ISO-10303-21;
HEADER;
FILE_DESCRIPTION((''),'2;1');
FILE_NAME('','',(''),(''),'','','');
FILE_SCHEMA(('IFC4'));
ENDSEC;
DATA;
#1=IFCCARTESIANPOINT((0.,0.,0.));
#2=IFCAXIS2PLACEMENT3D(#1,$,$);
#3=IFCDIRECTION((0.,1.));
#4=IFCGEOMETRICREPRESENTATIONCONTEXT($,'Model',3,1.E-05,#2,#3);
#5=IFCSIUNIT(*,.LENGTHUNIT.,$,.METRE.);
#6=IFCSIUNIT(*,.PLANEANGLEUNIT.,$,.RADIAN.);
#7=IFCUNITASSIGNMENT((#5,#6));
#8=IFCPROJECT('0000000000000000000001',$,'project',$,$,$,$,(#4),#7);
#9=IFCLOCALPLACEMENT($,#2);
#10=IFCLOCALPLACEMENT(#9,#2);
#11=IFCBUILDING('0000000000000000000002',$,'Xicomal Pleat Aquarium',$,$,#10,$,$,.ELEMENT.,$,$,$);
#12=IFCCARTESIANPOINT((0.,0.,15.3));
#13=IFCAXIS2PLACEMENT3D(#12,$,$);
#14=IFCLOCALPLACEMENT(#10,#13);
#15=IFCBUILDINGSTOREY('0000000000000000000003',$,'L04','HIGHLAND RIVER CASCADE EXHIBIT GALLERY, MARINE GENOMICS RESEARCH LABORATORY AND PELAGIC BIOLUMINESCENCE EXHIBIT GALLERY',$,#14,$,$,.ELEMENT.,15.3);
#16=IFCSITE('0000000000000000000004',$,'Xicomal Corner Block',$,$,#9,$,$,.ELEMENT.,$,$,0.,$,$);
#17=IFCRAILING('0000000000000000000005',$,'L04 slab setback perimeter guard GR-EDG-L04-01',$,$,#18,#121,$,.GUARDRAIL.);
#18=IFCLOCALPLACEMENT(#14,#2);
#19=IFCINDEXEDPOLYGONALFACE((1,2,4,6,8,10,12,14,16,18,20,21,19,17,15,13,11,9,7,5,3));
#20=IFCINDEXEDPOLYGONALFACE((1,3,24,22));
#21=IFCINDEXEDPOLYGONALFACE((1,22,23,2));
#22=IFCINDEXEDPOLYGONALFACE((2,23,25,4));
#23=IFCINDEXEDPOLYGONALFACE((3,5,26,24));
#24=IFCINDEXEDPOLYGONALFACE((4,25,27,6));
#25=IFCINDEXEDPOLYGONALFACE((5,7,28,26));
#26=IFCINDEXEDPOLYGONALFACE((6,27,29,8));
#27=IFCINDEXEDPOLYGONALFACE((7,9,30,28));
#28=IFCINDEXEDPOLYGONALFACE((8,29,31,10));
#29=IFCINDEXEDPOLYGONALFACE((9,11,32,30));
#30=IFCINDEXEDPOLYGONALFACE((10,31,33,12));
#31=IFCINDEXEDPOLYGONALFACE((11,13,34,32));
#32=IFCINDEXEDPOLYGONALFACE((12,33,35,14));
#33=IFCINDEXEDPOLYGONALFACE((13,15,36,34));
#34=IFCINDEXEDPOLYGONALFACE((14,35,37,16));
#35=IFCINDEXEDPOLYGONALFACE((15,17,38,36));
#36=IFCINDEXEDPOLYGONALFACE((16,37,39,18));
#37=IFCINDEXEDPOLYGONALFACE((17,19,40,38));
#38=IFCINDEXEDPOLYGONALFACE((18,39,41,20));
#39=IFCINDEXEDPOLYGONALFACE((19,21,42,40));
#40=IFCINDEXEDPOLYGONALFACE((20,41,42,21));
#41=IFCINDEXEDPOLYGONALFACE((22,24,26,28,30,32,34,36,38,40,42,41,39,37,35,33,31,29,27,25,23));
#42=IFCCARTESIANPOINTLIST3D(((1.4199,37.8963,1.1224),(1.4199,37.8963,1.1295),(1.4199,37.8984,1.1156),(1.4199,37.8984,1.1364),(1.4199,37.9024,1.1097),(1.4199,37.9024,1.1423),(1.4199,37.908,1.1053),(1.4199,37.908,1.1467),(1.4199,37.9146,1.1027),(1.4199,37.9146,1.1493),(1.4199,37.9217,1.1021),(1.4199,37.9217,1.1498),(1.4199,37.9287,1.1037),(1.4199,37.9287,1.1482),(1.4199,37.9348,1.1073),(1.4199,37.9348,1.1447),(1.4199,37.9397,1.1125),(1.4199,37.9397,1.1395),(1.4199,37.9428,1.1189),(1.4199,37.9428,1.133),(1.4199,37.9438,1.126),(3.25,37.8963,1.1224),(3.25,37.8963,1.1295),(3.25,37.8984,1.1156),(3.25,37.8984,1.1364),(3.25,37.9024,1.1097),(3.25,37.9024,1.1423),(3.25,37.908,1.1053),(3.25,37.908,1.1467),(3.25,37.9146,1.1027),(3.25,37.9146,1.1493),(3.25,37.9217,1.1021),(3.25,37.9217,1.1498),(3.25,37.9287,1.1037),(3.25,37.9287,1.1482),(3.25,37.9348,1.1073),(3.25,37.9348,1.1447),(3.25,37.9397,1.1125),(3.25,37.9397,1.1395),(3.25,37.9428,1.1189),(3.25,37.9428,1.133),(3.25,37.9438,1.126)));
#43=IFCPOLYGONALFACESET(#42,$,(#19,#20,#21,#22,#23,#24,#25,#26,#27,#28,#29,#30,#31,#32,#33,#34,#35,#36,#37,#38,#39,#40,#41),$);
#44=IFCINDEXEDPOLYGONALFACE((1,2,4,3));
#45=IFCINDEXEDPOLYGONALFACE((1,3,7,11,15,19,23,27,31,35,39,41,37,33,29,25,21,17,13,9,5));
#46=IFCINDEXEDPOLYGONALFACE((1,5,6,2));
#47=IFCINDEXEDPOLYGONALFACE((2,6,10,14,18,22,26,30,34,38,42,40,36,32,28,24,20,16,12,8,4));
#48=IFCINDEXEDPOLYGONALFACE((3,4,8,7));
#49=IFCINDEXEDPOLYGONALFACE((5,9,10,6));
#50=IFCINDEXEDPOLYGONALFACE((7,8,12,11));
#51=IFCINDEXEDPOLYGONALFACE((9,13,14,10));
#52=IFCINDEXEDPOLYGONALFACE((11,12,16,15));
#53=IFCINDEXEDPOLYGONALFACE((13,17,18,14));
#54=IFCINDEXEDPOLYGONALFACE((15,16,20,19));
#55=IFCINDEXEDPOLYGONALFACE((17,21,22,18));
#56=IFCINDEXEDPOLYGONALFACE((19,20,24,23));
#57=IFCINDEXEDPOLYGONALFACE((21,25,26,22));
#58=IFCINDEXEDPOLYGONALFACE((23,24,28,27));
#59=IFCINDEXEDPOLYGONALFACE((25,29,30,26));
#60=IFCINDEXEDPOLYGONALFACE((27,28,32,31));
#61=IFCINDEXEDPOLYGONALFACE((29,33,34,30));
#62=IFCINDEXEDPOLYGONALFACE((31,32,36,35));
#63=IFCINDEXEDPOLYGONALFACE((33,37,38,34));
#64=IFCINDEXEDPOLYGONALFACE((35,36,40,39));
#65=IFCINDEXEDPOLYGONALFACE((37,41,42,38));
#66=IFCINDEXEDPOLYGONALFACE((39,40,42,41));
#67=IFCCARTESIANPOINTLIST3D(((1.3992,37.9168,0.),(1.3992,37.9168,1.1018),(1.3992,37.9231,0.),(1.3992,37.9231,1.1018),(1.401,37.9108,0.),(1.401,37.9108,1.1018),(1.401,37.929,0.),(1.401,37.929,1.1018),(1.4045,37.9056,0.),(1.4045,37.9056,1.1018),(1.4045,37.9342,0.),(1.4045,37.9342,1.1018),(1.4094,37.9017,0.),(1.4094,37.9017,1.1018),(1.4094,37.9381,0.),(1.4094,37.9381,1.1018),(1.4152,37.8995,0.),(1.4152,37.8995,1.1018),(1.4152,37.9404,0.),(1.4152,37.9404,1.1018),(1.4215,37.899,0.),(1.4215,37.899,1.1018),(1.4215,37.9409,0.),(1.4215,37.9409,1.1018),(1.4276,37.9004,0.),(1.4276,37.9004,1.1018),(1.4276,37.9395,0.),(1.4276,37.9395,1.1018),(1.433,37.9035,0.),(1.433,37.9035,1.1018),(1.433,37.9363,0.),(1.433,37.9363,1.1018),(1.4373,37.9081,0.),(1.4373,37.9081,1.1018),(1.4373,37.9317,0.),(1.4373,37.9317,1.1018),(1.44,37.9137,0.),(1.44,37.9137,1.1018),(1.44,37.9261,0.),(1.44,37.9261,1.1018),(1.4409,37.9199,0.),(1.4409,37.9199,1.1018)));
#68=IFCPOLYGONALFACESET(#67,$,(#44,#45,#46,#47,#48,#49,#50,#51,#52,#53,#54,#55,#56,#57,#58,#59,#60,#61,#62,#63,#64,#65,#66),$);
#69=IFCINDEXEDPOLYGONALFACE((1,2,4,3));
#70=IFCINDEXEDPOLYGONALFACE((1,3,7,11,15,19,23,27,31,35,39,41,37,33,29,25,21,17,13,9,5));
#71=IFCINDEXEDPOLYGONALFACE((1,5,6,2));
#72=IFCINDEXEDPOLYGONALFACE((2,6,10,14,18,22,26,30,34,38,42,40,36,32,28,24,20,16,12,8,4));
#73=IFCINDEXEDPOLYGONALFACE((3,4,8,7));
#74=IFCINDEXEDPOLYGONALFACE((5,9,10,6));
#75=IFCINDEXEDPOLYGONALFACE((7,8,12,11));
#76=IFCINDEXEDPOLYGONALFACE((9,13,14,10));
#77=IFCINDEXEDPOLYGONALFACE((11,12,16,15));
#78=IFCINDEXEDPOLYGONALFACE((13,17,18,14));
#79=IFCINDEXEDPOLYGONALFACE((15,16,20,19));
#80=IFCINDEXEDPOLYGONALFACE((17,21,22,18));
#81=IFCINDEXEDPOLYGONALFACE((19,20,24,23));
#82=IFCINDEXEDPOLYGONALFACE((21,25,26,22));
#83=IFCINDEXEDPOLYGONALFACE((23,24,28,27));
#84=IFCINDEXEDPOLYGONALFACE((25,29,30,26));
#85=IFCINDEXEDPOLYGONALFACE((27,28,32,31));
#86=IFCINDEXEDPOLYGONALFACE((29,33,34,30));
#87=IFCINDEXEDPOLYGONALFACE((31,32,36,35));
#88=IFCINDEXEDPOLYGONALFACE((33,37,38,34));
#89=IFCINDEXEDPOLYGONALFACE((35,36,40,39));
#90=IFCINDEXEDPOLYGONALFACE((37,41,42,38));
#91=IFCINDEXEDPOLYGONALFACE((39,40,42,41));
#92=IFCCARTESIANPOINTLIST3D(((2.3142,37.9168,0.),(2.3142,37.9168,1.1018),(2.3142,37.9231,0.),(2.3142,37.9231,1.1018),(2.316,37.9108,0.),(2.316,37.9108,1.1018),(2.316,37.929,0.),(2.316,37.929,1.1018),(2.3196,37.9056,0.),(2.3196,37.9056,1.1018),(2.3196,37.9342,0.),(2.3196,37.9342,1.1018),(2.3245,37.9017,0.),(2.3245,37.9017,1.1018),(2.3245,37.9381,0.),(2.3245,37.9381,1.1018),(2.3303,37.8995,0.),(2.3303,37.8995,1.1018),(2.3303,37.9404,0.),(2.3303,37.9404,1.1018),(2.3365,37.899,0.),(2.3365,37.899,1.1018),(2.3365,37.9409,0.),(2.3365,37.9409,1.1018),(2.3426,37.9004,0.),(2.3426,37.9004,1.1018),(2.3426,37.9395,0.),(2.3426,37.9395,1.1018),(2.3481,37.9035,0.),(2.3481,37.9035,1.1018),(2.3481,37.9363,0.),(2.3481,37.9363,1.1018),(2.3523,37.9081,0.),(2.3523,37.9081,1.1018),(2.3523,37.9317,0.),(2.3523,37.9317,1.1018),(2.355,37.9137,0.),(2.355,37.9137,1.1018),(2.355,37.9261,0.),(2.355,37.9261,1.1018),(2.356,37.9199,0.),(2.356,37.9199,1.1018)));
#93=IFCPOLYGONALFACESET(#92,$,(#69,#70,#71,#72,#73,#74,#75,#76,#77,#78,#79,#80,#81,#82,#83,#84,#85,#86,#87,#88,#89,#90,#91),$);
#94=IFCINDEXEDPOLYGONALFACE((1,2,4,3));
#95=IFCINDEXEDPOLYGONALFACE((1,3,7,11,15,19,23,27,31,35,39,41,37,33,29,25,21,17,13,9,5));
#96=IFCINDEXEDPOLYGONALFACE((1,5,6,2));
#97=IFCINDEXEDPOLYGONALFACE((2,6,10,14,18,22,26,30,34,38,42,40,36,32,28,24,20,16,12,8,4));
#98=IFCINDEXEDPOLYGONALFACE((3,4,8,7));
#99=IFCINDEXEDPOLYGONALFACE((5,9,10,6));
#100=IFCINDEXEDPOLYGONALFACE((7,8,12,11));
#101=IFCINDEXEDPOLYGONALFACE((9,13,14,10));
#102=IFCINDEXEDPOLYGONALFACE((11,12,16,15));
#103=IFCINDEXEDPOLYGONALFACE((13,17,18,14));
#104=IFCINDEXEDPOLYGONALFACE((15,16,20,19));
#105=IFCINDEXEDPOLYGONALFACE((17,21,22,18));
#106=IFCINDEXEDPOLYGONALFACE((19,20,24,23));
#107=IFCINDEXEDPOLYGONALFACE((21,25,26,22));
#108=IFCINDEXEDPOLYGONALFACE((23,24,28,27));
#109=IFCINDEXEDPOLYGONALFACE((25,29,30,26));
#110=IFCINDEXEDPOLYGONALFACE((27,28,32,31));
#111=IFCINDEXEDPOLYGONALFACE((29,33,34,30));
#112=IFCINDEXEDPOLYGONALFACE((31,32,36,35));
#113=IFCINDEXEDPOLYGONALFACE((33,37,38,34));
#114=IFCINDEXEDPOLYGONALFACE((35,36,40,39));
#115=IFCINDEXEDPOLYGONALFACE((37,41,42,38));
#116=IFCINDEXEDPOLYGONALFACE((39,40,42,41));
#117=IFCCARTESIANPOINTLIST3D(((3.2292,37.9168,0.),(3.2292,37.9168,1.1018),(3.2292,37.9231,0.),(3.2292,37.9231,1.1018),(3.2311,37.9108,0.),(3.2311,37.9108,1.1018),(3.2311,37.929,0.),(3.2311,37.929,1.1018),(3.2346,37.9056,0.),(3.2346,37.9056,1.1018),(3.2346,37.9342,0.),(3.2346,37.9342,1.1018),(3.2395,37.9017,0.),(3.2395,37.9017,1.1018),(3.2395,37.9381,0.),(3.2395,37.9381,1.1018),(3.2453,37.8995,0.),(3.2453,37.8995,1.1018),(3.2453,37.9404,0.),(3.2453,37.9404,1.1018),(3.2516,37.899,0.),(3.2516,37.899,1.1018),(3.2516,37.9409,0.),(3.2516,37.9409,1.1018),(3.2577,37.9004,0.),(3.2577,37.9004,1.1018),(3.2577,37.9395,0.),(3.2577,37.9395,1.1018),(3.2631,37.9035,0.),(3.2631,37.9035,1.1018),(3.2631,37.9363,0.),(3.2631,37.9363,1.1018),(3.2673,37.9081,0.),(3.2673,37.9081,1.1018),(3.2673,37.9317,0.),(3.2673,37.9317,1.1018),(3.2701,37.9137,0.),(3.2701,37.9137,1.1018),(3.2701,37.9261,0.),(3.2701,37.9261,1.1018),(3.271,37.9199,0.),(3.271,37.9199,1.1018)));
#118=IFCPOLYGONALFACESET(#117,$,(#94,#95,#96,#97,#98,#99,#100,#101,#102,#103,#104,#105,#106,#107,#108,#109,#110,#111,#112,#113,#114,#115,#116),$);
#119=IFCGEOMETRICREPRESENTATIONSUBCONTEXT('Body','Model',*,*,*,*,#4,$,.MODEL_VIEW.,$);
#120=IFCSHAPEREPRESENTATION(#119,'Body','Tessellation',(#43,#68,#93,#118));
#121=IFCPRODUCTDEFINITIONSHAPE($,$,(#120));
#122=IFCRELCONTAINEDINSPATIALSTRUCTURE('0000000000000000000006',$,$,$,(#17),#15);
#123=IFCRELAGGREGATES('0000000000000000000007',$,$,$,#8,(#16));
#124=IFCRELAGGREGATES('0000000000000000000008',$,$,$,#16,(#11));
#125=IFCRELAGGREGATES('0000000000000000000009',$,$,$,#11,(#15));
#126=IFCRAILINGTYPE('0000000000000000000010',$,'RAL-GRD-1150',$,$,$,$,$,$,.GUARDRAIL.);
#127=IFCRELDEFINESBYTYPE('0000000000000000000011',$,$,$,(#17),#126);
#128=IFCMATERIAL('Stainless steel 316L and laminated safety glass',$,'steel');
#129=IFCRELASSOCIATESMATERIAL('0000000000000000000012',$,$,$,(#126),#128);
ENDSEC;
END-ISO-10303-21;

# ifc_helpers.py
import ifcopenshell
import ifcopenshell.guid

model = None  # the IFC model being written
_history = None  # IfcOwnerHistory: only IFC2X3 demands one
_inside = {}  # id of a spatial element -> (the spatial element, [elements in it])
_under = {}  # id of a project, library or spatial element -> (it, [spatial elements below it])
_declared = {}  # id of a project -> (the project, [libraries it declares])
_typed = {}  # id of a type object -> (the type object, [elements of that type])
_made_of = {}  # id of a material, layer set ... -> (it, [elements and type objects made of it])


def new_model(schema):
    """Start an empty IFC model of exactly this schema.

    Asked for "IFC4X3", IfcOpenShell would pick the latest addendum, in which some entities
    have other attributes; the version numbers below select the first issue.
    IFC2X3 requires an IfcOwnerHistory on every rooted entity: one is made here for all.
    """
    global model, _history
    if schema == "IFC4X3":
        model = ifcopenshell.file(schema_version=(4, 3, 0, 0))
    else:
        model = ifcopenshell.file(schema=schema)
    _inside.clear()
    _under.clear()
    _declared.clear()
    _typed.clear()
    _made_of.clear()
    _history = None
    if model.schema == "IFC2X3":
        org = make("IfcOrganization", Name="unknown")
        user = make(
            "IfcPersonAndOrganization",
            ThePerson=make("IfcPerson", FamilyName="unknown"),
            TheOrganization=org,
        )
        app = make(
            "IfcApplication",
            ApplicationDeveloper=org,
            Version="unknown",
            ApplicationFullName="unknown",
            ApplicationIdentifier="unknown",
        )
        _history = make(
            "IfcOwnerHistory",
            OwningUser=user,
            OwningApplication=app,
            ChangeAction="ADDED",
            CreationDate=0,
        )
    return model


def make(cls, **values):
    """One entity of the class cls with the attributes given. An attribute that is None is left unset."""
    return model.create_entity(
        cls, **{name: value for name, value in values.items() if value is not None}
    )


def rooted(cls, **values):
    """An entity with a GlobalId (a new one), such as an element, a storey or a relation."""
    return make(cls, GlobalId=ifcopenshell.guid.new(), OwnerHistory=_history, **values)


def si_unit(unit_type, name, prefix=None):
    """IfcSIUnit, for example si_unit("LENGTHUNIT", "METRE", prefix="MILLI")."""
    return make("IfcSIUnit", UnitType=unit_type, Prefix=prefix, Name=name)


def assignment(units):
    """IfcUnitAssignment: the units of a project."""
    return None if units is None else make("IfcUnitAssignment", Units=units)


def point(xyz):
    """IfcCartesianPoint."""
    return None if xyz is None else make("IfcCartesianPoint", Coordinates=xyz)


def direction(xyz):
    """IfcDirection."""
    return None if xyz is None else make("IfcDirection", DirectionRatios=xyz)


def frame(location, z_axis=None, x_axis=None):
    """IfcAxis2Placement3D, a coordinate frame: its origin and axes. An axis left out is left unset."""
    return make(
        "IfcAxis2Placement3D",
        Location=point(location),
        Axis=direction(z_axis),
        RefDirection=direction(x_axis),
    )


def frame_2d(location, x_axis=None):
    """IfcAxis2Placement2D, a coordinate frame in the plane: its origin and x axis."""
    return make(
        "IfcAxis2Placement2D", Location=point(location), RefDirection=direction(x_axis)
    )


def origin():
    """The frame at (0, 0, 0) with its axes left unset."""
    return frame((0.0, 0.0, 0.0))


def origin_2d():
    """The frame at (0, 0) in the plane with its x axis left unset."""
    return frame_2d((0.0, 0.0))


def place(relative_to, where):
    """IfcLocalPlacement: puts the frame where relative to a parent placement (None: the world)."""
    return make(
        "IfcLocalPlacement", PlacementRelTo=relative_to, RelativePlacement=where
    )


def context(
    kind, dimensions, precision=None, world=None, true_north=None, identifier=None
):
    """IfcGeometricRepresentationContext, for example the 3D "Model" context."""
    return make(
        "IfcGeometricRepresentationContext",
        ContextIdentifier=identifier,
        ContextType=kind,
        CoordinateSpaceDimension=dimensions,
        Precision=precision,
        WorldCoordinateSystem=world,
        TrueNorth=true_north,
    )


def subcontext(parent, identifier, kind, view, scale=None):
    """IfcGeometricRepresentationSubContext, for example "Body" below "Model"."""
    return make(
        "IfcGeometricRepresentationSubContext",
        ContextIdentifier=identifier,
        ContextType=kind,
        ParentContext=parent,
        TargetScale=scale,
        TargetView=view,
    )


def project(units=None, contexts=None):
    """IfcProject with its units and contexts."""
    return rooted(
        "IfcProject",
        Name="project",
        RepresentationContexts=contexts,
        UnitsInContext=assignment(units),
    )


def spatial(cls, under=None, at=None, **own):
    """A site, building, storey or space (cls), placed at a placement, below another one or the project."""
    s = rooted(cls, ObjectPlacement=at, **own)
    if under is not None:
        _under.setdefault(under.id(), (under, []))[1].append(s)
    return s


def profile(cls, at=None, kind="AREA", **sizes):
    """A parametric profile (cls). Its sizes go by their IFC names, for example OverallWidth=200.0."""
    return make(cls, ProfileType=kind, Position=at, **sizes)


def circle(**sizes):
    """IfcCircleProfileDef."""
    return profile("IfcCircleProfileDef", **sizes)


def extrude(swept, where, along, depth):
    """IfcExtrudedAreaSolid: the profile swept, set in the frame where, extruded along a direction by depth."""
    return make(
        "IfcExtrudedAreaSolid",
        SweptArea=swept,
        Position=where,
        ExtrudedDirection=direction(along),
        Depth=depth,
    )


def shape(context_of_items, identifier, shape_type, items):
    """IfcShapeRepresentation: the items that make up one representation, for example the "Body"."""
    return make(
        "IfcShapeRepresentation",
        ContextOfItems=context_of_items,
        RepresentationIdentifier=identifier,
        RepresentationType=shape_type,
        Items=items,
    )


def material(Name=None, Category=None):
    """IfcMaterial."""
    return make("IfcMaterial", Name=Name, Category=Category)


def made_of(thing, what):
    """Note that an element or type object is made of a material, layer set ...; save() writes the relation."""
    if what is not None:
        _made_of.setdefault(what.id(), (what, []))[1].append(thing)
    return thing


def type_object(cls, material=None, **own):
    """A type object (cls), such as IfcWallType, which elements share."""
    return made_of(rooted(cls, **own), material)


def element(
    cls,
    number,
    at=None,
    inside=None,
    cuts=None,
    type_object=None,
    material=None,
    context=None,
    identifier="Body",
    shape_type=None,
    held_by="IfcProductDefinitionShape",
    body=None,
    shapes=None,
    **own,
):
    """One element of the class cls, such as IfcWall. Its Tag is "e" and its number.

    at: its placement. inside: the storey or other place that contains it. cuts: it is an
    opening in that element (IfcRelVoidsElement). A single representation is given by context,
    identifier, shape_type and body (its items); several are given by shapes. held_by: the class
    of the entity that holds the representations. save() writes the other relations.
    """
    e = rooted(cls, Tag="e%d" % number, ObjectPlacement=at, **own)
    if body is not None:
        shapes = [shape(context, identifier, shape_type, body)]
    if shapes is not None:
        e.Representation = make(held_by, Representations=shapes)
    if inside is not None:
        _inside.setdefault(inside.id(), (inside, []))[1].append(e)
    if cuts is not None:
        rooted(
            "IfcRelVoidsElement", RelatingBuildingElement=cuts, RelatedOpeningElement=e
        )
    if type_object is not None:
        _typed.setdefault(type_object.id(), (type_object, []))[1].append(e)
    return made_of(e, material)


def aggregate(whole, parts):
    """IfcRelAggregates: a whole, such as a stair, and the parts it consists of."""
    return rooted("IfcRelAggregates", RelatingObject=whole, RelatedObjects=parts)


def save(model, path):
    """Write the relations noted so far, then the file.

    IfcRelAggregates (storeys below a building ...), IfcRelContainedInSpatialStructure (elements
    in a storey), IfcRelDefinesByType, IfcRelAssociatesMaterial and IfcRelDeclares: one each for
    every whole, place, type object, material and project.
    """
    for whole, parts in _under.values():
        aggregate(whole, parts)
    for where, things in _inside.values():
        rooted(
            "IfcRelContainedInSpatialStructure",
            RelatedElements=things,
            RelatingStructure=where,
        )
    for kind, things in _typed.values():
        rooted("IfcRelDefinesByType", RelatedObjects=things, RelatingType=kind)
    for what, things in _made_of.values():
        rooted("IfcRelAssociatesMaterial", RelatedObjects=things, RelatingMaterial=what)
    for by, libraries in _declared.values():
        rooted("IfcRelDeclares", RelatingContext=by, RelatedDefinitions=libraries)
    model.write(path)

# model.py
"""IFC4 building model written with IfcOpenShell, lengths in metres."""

from ifc_helpers import new_model, si_unit, direction, frame, origin, origin_2d, place, context, subcontext, project, spatial, circle, extrude, material, type_object, element, save


model = new_model("IFC4")

# Units and contexts
model_context = context("Model", 3, precision=1e-05, world=origin(), true_north=direction((0.0, 1.0)))
body_context = subcontext(model_context, "Body", "Model", "MODEL_VIEW")
ifc_project = project(units=[si_unit("LENGTHUNIT", "METRE"), si_unit("PLANEANGLEUNIT", "RADIAN")], contexts=[model_context])

# Site, building, storey
site_placement = place(None, origin())
site = spatial("IfcSite", under=ifc_project, at=site_placement, Name="Xicomal Corner Block", CompositionType="ELEMENT", RefElevation=0.0)
building_placement = place(site_placement, origin())
building = spatial("IfcBuilding", under=site, at=building_placement, Name="Xicomal Pleat Aquarium", CompositionType="ELEMENT")
storey_placement = place(building_placement, frame((0.0, 0.0, 15.3)))
storey = spatial("IfcBuildingStorey", under=building, at=storey_placement, Name="L04", Description="HIGHLAND RIVER CASCADE EXHIBIT GALLERY, MARINE GENOMICS RESEARCH LABORATORY AND PELAGIC BIOLUMINESCENCE EXHIBIT GALLERY", CompositionType="ELEMENT", Elevation=15.3)

# Railing
ifc_material_1 = material(Name="Stainless steel 316L and laminated safety glass", Category="steel")
railing_type = type_object("IfcRailingType", Name="RAL-GRD-1150", PredefinedType="GUARDRAIL", material=ifc_material_1)
railing_placement = place(storey_placement, frame((1.4199, 37.9199, 0.0)))
element("IfcRailing", 1, at=railing_placement, inside=storey, type_object=railing_type, Name="L04 slab setback perimeter guard GR-EDG-L04-01", PredefinedType="GUARDRAIL", context=body_context, shape_type="SweptSolid", body=[
    extrude(circle(Radius=0.0239, at=origin_2d()), frame((0.0, 0.0, 1.126), z_axis=(1.0, 0.0, 0.0), x_axis=(0.0, 1.0, 0.0)), (0.0, 0.0, 1.0), 1.8301),
    extrude(circle(Radius=0.021, at=origin_2d()), origin(), (0.0, 0.0, 1.0), 1.1018),
    extrude(circle(Radius=0.021, at=origin_2d()), frame((0.915, 0.0, 0.0)), (0.0, 0.0, 1.0), 1.1018),
    extrude(circle(Radius=0.021, at=origin_2d()), frame((1.8301, 0.0, 0.0)), (0.0, 0.0, 1.0), 1.1018),
])

save(model, "model.ifc")
